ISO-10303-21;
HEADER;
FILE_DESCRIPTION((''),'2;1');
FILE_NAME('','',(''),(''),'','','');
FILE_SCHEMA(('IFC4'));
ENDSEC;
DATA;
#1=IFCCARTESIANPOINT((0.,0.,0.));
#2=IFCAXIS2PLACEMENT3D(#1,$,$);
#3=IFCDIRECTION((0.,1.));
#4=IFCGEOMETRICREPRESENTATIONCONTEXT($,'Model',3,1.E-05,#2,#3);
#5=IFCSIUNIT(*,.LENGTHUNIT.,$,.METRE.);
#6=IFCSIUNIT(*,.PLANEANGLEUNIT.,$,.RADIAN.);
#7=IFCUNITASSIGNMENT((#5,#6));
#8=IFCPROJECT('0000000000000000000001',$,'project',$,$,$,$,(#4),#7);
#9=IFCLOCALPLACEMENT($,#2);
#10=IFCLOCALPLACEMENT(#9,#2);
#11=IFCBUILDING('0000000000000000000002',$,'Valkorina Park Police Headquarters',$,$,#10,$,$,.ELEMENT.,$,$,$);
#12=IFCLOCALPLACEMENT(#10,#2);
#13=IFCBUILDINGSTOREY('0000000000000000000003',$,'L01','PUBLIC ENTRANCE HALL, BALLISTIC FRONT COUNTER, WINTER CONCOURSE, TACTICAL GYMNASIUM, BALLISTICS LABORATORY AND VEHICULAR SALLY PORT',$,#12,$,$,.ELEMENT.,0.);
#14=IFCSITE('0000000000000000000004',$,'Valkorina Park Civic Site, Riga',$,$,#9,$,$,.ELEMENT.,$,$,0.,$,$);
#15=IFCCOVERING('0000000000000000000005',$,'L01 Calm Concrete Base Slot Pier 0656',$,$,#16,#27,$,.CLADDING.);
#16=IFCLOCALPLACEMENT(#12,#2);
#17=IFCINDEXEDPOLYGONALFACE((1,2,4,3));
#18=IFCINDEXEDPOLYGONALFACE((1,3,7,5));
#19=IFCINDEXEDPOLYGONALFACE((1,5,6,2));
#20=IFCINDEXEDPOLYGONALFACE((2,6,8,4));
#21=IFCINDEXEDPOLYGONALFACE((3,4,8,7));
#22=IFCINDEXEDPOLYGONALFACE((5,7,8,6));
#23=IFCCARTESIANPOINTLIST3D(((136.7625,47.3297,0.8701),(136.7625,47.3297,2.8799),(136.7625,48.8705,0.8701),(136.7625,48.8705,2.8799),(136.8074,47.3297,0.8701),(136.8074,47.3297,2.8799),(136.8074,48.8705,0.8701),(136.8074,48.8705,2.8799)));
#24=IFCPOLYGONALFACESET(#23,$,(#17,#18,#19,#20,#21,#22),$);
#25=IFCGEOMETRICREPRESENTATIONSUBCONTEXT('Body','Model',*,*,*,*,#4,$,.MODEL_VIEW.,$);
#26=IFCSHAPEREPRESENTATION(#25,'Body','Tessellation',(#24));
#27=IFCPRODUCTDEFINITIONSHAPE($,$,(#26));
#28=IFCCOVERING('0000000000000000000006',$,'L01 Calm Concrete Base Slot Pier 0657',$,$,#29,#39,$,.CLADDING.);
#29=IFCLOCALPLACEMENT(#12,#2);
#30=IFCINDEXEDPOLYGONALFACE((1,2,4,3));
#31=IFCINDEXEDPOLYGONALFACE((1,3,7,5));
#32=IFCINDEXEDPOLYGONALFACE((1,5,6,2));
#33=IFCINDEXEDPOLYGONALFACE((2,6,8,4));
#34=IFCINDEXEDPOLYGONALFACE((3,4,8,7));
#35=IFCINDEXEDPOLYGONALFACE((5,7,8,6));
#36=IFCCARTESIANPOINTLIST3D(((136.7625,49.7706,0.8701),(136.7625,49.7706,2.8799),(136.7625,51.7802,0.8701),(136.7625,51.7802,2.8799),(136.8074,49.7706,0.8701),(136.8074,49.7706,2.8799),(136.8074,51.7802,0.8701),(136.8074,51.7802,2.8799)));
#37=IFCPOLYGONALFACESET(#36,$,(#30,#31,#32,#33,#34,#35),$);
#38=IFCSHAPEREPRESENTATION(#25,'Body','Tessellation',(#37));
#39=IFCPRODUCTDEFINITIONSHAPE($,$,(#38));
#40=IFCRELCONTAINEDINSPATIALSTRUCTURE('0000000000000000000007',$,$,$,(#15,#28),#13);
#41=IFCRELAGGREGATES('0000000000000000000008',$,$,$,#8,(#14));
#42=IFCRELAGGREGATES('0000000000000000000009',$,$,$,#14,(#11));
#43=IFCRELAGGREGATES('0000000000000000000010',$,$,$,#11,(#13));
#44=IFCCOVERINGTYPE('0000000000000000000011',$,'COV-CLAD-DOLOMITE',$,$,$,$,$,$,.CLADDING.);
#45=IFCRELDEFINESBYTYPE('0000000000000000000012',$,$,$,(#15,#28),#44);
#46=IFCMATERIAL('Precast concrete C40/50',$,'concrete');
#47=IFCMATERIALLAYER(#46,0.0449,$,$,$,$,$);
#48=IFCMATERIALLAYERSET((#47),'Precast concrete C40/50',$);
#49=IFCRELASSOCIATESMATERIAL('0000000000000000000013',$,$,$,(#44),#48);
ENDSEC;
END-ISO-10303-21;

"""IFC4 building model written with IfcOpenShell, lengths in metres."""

from ifc_helpers import new_model, si_unit, direction, frame, frame_2d, origin, place, context, subcontext, project, spatial, rectangle, extrude, material, layer, layer_set, type_object, element, save


model = new_model("IFC4")

# Units and contexts
model_context = context("Model", 3, precision=1e-05, world=origin(), true_north=direction((0.0, 1.0)))
body_context = subcontext(model_context, "Body", "Model", "MODEL_VIEW")
ifc_project = project(units=[si_unit("LENGTHUNIT", "METRE"), si_unit("PLANEANGLEUNIT", "RADIAN")], contexts=[model_context])

# Site, building, storey
site_placement = place(None, origin())
site = spatial("IfcSite", under=ifc_project, at=site_placement, Name="Valkorina Park Civic Site, Riga", CompositionType="ELEMENT", RefElevation=0.0)
building_placement = place(site_placement, origin())
building = spatial("IfcBuilding", under=site, at=building_placement, Name="Valkorina Park Police Headquarters", CompositionType="ELEMENT")
storey_placement = place(building_placement, origin())
storey = spatial("IfcBuildingStorey", under=building, at=storey_placement, Name="L01", Description="PUBLIC ENTRANCE HALL, BALLISTIC FRONT COUNTER, WINTER CONCOURSE, TACTICAL GYMNASIUM, BALLISTICS LABORATORY AND VEHICULAR SALLY PORT", CompositionType="ELEMENT", Elevation=0.0)

# Shared definitions
ifc_material_1 = material(Name="Precast concrete C40/50", Category="concrete")

# Coverings
ifc_layer_1 = layer(ifc_material_1, 0.0449)
ifc_layer_set_1 = layer_set([ifc_layer_1], Name="Precast concrete C40/50")
covering_type = type_object("IfcCoveringType", Name="COV-CLAD-DOLOMITE", PredefinedType="CLADDING", material=ifc_layer_set_1)
covering_1_placement = place(storey_placement, frame((136.7849, 47.3296, 0.8701), z_axis=(0.0, 0.0, 1.0), x_axis=(0.0, 1.0, 0.0)))
element("IfcCovering", 1, at=covering_1_placement, inside=storey, type_object=covering_type, Name="L01 Calm Concrete Base Slot Pier 0656", PredefinedType="CLADDING", context=body_context, shape_type="SweptSolid", body=[
    extrude(rectangle(XDim=1.5408, YDim=0.0449, at=frame_2d((0.7705, 0.0))), origin(), (0.0, 0.0, 1.0), 2.0098),
])
covering_2_placement = place(storey_placement, frame((136.7849, 49.7705, 0.8701), z_axis=(0.0, 0.0, 1.0), x_axis=(0.0, 1.0, 0.0)))
element("IfcCovering", 2, at=covering_2_placement, inside=storey, type_object=covering_type, Name="L01 Calm Concrete Base Slot Pier 0657", PredefinedType="CLADDING", context=body_context, shape_type="SweptSolid", body=[
    extrude(rectangle(XDim=2.0095, YDim=0.0449, at=frame_2d((1.0049, 0.0))), origin(), (0.0, 0.0, 1.0), 2.0098),
])

save(model, "model.ifc")
